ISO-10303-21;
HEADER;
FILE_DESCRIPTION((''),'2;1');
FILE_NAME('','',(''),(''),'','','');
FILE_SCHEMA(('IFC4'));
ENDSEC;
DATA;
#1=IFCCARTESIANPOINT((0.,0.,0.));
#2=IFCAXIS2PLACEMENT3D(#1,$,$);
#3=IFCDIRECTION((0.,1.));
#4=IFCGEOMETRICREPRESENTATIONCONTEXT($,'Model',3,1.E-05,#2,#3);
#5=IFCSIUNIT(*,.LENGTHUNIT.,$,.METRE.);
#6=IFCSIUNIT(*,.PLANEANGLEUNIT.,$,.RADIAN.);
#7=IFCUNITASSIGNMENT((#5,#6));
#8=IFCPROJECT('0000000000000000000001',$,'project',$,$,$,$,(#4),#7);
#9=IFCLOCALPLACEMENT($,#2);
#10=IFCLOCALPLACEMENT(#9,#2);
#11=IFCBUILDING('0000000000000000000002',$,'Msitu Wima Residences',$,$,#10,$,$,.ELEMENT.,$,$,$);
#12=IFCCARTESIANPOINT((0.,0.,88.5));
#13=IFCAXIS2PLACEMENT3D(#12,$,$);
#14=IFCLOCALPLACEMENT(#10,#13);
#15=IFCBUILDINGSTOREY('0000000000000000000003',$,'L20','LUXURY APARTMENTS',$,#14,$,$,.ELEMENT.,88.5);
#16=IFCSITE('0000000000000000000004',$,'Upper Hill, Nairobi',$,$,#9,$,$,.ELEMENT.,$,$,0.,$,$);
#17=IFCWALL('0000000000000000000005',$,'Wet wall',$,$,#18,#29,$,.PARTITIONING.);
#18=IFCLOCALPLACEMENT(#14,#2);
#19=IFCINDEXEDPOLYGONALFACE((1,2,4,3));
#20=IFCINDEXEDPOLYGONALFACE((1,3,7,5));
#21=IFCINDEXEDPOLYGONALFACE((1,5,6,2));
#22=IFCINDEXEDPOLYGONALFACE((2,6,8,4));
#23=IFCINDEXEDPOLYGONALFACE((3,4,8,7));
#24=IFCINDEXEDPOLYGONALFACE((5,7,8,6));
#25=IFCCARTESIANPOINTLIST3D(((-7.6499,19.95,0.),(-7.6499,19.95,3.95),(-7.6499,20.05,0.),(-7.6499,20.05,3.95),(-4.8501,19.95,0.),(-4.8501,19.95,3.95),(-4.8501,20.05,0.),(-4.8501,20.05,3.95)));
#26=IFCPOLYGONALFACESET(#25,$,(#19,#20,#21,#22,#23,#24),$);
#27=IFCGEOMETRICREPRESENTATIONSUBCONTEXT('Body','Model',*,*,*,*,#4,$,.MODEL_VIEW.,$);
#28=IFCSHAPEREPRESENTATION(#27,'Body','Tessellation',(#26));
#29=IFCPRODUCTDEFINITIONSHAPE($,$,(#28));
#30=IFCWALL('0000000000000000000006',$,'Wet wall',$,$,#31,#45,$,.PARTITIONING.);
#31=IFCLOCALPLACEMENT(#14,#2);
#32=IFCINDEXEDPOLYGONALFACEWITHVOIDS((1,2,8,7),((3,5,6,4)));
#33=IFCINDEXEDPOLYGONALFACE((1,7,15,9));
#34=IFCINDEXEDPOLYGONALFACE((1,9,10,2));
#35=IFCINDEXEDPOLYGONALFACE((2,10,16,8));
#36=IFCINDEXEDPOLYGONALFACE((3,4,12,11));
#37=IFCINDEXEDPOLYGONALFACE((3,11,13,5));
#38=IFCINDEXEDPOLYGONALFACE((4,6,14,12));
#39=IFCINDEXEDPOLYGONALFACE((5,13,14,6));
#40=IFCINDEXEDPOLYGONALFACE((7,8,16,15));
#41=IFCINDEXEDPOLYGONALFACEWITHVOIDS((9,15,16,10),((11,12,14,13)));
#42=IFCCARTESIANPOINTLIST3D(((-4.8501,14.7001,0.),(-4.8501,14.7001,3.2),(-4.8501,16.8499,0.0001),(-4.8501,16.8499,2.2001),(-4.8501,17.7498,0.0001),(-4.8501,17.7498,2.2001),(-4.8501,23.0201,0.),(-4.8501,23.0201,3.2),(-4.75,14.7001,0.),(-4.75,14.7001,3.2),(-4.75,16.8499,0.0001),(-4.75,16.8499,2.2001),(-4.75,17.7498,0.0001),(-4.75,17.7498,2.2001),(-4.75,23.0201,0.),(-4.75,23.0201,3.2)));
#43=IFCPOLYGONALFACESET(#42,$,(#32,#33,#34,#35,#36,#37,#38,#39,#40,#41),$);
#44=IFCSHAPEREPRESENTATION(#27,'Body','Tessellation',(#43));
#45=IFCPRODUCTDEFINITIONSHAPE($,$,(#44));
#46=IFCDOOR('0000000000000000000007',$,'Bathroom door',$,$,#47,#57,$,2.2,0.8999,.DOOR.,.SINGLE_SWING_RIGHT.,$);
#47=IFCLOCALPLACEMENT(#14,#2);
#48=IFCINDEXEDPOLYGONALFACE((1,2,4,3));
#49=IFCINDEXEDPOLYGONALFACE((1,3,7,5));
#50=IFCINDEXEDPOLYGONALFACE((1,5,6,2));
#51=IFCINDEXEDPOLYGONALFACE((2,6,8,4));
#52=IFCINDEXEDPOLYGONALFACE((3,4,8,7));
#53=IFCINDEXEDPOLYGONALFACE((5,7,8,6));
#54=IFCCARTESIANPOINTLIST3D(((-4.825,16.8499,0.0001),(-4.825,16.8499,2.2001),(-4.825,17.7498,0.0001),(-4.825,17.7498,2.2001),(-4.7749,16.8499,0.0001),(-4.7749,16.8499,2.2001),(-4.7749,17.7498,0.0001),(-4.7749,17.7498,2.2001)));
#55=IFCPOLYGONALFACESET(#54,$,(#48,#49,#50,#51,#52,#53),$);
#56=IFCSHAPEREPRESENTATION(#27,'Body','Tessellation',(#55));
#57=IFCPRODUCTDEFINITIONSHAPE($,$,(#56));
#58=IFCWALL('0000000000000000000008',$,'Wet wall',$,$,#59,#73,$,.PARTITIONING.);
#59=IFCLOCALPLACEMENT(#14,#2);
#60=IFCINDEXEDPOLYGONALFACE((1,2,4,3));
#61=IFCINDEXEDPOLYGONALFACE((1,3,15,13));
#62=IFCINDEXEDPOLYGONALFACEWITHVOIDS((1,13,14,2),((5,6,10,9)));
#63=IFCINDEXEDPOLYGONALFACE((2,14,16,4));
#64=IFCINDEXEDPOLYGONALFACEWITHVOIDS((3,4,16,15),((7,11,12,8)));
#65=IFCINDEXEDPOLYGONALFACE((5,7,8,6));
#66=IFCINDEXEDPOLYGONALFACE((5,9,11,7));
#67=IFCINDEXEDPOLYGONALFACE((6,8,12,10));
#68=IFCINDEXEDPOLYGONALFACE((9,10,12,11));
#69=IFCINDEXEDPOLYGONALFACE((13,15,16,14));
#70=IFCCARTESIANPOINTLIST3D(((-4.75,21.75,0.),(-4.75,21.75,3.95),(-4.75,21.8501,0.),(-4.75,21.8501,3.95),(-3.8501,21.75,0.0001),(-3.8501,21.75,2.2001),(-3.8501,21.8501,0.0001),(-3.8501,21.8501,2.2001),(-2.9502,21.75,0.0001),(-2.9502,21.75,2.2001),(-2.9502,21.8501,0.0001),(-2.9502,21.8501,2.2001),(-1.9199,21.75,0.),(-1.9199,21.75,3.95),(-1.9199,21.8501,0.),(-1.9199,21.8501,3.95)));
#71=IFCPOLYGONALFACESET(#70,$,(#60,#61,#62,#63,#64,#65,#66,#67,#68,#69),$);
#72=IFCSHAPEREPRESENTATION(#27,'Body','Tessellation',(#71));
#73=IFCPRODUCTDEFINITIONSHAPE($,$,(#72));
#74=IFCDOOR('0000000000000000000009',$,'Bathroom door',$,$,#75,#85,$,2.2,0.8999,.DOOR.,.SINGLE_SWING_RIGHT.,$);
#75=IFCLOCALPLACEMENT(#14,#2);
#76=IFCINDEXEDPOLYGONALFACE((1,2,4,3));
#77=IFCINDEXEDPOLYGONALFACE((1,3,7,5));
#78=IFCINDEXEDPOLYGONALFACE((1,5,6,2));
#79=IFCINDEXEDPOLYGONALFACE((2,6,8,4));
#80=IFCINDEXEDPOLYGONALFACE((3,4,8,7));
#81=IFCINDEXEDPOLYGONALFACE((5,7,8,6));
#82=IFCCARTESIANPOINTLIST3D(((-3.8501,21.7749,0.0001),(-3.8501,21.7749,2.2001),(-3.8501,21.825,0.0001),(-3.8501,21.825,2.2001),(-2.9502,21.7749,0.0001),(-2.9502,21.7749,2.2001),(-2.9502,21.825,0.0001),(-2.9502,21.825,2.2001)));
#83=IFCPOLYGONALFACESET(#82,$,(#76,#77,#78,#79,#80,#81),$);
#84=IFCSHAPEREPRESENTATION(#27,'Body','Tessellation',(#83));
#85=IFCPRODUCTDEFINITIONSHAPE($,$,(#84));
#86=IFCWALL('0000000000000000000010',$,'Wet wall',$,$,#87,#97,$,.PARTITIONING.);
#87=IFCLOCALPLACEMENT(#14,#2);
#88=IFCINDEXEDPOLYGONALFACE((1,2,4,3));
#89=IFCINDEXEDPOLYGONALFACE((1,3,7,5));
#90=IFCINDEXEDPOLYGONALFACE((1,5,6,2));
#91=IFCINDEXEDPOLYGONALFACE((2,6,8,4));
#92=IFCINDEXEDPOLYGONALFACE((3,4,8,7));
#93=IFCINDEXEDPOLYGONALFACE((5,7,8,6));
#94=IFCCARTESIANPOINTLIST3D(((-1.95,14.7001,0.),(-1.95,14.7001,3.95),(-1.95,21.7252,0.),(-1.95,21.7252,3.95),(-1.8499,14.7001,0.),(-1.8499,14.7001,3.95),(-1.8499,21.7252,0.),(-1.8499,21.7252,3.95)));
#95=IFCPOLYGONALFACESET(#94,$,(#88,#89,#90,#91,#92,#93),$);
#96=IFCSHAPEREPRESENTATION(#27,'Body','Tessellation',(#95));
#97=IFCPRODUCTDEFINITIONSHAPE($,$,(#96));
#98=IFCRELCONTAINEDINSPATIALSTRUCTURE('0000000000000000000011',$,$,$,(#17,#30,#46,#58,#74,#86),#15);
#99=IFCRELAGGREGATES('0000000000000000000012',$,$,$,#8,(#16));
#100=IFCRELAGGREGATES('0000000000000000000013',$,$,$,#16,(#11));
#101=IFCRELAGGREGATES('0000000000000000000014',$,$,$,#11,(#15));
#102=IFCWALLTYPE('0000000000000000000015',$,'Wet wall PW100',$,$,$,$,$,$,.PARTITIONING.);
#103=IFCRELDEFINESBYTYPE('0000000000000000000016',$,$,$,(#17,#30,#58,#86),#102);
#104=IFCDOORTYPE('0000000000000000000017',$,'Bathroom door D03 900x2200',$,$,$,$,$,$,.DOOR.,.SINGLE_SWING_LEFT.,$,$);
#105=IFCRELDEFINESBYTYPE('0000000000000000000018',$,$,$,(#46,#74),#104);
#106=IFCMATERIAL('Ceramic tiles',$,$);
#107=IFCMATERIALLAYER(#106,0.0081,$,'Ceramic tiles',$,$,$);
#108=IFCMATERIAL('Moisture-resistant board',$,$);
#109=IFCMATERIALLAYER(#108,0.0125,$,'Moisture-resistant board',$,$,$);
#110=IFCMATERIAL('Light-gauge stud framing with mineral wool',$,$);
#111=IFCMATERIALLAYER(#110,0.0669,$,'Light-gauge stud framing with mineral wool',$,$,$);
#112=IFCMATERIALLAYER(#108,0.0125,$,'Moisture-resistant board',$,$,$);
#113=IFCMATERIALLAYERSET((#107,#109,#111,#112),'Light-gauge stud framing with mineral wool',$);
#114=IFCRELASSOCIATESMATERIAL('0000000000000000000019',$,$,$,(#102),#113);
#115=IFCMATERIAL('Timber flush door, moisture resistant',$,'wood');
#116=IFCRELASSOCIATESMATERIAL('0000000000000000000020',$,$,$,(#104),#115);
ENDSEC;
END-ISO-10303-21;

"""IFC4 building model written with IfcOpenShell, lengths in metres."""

from ifc_helpers import new_model, si_unit, direction, frame, frame_2d, origin, place, context, subcontext, project, spatial, rectangle, extrude, material, layer, layer_set, type_object, element, fill, save


model = new_model("IFC4")

# Units and contexts
model_context = context("Model", 3, precision=1e-05, world=origin(), true_north=direction((0.0, 1.0)))
body_context = subcontext(model_context, "Body", "Model", "MODEL_VIEW")
ifc_project = project(units=[si_unit("LENGTHUNIT", "METRE"), si_unit("PLANEANGLEUNIT", "RADIAN")], contexts=[model_context])

# Site, building, storey
site_placement = place(None, origin())
site = spatial("IfcSite", under=ifc_project, at=site_placement, Name="Upper Hill, Nairobi", CompositionType="ELEMENT", RefElevation=0.0)
building_placement = place(site_placement, origin())
building = spatial("IfcBuilding", under=site, at=building_placement, Name="Msitu Wima Residences", CompositionType="ELEMENT")
storey_placement = place(building_placement, frame((0.0, 0.0, 88.5)))
storey = spatial("IfcBuildingStorey", under=building, at=storey_placement, Name="L20", Description="LUXURY APARTMENTS", CompositionType="ELEMENT", Elevation=88.5)

# Shared definitions
ifc_material_1 = material(Name="Ceramic tiles")
ifc_layer_1 = layer(ifc_material_1, 0.0081, Name="Ceramic tiles")
ifc_material_2 = material(Name="Moisture-resistant board")
ifc_layer_2 = layer(ifc_material_2, 0.0125, Name="Moisture-resistant board")
ifc_material_3 = material(Name="Light-gauge stud framing with mineral wool")
ifc_layer_3 = layer(ifc_material_3, 0.0669, Name="Light-gauge stud framing with mineral wool")
ifc_layer_4 = layer(ifc_material_2, 0.0125, Name="Moisture-resistant board")
ifc_layer_set_1 = layer_set([ifc_layer_1, ifc_layer_2, ifc_layer_3, ifc_layer_4], Name="Light-gauge stud framing with mineral wool")
wall_type_1 = type_object("IfcWallType", Name="Wet wall PW100", PredefinedType="PARTITIONING", material=ifc_layer_set_1)

# Shared definitions
ifc_material_4 = material(Name="Timber flush door, moisture resistant", Category="wood")
door_type_1 = type_object("IfcDoorType", Name="Bathroom door D03 900x2200", OperationType="SINGLE_SWING_LEFT", PredefinedType="DOOR", material=ifc_material_4)

# Wall
wall_1_placement = place(storey_placement, frame((-7.6499, 20.0, 0.0), z_axis=(0.0, 0.0, 1.0), x_axis=(1.0, 0.0, 0.0)))
element("IfcWall", 1, at=wall_1_placement, inside=storey, type_object=wall_type_1, Name="Wet wall", PredefinedType="PARTITIONING", context=body_context, shape_type="SweptSolid", body=[
    extrude(rectangle(XDim=2.7998, YDim=0.1001, at=frame_2d((1.3999, 0.0))), origin(), (0.0, 0.0, 1.0), 3.95),
])

# Walls, openings, doors
wall_2_placement = place(storey_placement, frame((-4.8, 14.7, 0.0), z_axis=(0.0, 0.0, 1.0), x_axis=(0.0, 1.0, 0.0)))
wall_2 = element("IfcWall", 2, at=wall_2_placement, inside=storey, type_object=wall_type_1, Name="Wet wall", PredefinedType="PARTITIONING", context=body_context, shape_type="SweptSolid", body=[
    extrude(rectangle(XDim=8.3201, YDim=0.1001, at=frame_2d((4.1602, 0.0))), origin(), (0.0, 0.0, 1.0), 3.2),
])
opening_1_placement = place(wall_2_placement, frame((2.1499, 0.0, 0.0)))
opening_1 = element("IfcOpeningElement", 3, at=opening_1_placement, cuts=wall_2, PredefinedType="OPENING", context=body_context, shape_type="SweptSolid", body=[
    extrude(rectangle(XDim=0.8999, YDim=2.2, at=frame_2d((0.45, 1.1001))), frame((0.0, 0.0601, 0.0), z_axis=(0.0, -1.0, 0.0), x_axis=(1.0, 0.0, 0.0)), (0.0, 0.0, 1.0), 0.1201),
])
door_1_placement = place(opening_1_placement, origin())
door_1 = element("IfcDoor", 4, at=door_1_placement, inside=storey, type_object=door_type_1, Name="Bathroom door", OperationType="SINGLE_SWING_RIGHT", OverallHeight=2.2, OverallWidth=0.8999, PredefinedType="DOOR", context=body_context, shape_type="SweptSolid", body=[
    extrude(rectangle(XDim=0.8999, YDim=2.2, at=frame_2d((0.45, 1.1001))), frame((0.0, 0.0249, 0.0), z_axis=(0.0, -1.0, 0.0), x_axis=(1.0, 0.0, 0.0)), (0.0, 0.0, 1.0), 0.05),
])
fill(opening_1, door_1)
wall_3_placement = place(storey_placement, frame((-4.75, 21.8, 0.0), z_axis=(0.0, 0.0, 1.0), x_axis=(1.0, 0.0, 0.0)))
wall_3 = element("IfcWall", 5, at=wall_3_placement, inside=storey, type_object=wall_type_1, Name="Wet wall", PredefinedType="PARTITIONING", context=body_context, shape_type="SweptSolid", body=[
    extrude(rectangle(XDim=2.8301, YDim=0.1001, at=frame_2d((1.415, 0.0))), origin(), (0.0, 0.0, 1.0), 3.95),
])
opening_2_placement = place(wall_3_placement, frame((0.8999, 0.0, 0.0)))
opening_2 = element("IfcOpeningElement", 6, at=opening_2_placement, cuts=wall_3, PredefinedType="OPENING", context=body_context, shape_type="SweptSolid", body=[
    extrude(rectangle(XDim=0.8999, YDim=2.2, at=frame_2d((0.45, 1.1001))), frame((0.0, 0.0601, 0.0), z_axis=(0.0, -1.0, 0.0), x_axis=(1.0, 0.0, 0.0)), (0.0, 0.0, 1.0), 0.1201),
])
door_2_placement = place(opening_2_placement, origin())
door_2 = element("IfcDoor", 7, at=door_2_placement, inside=storey, type_object=door_type_1, Name="Bathroom door", OperationType="SINGLE_SWING_RIGHT", OverallHeight=2.2, OverallWidth=0.8999, PredefinedType="DOOR", context=body_context, shape_type="SweptSolid", body=[
    extrude(rectangle(XDim=0.8999, YDim=2.2, at=frame_2d((0.45, 1.1001))), frame((0.0, 0.0249, 0.0), z_axis=(0.0, -1.0, 0.0), x_axis=(1.0, 0.0, 0.0)), (0.0, 0.0, 1.0), 0.05),
])
fill(opening_2, door_2)

# Wall
wall_4_placement = place(storey_placement, frame((-1.8999, 14.7, 0.0), z_axis=(0.0, 0.0, 1.0), x_axis=(0.0, 1.0, 0.0)))
element("IfcWall", 8, at=wall_4_placement, inside=storey, type_object=wall_type_1, Name="Wet wall", PredefinedType="PARTITIONING", context=body_context, shape_type="SweptSolid", body=[
    extrude(rectangle(XDim=7.0251, YDim=0.1001, at=frame_2d((3.5127, 0.0))), origin(), (0.0, 0.0, 1.0), 3.95),
])

save(model, "model.ifc")
